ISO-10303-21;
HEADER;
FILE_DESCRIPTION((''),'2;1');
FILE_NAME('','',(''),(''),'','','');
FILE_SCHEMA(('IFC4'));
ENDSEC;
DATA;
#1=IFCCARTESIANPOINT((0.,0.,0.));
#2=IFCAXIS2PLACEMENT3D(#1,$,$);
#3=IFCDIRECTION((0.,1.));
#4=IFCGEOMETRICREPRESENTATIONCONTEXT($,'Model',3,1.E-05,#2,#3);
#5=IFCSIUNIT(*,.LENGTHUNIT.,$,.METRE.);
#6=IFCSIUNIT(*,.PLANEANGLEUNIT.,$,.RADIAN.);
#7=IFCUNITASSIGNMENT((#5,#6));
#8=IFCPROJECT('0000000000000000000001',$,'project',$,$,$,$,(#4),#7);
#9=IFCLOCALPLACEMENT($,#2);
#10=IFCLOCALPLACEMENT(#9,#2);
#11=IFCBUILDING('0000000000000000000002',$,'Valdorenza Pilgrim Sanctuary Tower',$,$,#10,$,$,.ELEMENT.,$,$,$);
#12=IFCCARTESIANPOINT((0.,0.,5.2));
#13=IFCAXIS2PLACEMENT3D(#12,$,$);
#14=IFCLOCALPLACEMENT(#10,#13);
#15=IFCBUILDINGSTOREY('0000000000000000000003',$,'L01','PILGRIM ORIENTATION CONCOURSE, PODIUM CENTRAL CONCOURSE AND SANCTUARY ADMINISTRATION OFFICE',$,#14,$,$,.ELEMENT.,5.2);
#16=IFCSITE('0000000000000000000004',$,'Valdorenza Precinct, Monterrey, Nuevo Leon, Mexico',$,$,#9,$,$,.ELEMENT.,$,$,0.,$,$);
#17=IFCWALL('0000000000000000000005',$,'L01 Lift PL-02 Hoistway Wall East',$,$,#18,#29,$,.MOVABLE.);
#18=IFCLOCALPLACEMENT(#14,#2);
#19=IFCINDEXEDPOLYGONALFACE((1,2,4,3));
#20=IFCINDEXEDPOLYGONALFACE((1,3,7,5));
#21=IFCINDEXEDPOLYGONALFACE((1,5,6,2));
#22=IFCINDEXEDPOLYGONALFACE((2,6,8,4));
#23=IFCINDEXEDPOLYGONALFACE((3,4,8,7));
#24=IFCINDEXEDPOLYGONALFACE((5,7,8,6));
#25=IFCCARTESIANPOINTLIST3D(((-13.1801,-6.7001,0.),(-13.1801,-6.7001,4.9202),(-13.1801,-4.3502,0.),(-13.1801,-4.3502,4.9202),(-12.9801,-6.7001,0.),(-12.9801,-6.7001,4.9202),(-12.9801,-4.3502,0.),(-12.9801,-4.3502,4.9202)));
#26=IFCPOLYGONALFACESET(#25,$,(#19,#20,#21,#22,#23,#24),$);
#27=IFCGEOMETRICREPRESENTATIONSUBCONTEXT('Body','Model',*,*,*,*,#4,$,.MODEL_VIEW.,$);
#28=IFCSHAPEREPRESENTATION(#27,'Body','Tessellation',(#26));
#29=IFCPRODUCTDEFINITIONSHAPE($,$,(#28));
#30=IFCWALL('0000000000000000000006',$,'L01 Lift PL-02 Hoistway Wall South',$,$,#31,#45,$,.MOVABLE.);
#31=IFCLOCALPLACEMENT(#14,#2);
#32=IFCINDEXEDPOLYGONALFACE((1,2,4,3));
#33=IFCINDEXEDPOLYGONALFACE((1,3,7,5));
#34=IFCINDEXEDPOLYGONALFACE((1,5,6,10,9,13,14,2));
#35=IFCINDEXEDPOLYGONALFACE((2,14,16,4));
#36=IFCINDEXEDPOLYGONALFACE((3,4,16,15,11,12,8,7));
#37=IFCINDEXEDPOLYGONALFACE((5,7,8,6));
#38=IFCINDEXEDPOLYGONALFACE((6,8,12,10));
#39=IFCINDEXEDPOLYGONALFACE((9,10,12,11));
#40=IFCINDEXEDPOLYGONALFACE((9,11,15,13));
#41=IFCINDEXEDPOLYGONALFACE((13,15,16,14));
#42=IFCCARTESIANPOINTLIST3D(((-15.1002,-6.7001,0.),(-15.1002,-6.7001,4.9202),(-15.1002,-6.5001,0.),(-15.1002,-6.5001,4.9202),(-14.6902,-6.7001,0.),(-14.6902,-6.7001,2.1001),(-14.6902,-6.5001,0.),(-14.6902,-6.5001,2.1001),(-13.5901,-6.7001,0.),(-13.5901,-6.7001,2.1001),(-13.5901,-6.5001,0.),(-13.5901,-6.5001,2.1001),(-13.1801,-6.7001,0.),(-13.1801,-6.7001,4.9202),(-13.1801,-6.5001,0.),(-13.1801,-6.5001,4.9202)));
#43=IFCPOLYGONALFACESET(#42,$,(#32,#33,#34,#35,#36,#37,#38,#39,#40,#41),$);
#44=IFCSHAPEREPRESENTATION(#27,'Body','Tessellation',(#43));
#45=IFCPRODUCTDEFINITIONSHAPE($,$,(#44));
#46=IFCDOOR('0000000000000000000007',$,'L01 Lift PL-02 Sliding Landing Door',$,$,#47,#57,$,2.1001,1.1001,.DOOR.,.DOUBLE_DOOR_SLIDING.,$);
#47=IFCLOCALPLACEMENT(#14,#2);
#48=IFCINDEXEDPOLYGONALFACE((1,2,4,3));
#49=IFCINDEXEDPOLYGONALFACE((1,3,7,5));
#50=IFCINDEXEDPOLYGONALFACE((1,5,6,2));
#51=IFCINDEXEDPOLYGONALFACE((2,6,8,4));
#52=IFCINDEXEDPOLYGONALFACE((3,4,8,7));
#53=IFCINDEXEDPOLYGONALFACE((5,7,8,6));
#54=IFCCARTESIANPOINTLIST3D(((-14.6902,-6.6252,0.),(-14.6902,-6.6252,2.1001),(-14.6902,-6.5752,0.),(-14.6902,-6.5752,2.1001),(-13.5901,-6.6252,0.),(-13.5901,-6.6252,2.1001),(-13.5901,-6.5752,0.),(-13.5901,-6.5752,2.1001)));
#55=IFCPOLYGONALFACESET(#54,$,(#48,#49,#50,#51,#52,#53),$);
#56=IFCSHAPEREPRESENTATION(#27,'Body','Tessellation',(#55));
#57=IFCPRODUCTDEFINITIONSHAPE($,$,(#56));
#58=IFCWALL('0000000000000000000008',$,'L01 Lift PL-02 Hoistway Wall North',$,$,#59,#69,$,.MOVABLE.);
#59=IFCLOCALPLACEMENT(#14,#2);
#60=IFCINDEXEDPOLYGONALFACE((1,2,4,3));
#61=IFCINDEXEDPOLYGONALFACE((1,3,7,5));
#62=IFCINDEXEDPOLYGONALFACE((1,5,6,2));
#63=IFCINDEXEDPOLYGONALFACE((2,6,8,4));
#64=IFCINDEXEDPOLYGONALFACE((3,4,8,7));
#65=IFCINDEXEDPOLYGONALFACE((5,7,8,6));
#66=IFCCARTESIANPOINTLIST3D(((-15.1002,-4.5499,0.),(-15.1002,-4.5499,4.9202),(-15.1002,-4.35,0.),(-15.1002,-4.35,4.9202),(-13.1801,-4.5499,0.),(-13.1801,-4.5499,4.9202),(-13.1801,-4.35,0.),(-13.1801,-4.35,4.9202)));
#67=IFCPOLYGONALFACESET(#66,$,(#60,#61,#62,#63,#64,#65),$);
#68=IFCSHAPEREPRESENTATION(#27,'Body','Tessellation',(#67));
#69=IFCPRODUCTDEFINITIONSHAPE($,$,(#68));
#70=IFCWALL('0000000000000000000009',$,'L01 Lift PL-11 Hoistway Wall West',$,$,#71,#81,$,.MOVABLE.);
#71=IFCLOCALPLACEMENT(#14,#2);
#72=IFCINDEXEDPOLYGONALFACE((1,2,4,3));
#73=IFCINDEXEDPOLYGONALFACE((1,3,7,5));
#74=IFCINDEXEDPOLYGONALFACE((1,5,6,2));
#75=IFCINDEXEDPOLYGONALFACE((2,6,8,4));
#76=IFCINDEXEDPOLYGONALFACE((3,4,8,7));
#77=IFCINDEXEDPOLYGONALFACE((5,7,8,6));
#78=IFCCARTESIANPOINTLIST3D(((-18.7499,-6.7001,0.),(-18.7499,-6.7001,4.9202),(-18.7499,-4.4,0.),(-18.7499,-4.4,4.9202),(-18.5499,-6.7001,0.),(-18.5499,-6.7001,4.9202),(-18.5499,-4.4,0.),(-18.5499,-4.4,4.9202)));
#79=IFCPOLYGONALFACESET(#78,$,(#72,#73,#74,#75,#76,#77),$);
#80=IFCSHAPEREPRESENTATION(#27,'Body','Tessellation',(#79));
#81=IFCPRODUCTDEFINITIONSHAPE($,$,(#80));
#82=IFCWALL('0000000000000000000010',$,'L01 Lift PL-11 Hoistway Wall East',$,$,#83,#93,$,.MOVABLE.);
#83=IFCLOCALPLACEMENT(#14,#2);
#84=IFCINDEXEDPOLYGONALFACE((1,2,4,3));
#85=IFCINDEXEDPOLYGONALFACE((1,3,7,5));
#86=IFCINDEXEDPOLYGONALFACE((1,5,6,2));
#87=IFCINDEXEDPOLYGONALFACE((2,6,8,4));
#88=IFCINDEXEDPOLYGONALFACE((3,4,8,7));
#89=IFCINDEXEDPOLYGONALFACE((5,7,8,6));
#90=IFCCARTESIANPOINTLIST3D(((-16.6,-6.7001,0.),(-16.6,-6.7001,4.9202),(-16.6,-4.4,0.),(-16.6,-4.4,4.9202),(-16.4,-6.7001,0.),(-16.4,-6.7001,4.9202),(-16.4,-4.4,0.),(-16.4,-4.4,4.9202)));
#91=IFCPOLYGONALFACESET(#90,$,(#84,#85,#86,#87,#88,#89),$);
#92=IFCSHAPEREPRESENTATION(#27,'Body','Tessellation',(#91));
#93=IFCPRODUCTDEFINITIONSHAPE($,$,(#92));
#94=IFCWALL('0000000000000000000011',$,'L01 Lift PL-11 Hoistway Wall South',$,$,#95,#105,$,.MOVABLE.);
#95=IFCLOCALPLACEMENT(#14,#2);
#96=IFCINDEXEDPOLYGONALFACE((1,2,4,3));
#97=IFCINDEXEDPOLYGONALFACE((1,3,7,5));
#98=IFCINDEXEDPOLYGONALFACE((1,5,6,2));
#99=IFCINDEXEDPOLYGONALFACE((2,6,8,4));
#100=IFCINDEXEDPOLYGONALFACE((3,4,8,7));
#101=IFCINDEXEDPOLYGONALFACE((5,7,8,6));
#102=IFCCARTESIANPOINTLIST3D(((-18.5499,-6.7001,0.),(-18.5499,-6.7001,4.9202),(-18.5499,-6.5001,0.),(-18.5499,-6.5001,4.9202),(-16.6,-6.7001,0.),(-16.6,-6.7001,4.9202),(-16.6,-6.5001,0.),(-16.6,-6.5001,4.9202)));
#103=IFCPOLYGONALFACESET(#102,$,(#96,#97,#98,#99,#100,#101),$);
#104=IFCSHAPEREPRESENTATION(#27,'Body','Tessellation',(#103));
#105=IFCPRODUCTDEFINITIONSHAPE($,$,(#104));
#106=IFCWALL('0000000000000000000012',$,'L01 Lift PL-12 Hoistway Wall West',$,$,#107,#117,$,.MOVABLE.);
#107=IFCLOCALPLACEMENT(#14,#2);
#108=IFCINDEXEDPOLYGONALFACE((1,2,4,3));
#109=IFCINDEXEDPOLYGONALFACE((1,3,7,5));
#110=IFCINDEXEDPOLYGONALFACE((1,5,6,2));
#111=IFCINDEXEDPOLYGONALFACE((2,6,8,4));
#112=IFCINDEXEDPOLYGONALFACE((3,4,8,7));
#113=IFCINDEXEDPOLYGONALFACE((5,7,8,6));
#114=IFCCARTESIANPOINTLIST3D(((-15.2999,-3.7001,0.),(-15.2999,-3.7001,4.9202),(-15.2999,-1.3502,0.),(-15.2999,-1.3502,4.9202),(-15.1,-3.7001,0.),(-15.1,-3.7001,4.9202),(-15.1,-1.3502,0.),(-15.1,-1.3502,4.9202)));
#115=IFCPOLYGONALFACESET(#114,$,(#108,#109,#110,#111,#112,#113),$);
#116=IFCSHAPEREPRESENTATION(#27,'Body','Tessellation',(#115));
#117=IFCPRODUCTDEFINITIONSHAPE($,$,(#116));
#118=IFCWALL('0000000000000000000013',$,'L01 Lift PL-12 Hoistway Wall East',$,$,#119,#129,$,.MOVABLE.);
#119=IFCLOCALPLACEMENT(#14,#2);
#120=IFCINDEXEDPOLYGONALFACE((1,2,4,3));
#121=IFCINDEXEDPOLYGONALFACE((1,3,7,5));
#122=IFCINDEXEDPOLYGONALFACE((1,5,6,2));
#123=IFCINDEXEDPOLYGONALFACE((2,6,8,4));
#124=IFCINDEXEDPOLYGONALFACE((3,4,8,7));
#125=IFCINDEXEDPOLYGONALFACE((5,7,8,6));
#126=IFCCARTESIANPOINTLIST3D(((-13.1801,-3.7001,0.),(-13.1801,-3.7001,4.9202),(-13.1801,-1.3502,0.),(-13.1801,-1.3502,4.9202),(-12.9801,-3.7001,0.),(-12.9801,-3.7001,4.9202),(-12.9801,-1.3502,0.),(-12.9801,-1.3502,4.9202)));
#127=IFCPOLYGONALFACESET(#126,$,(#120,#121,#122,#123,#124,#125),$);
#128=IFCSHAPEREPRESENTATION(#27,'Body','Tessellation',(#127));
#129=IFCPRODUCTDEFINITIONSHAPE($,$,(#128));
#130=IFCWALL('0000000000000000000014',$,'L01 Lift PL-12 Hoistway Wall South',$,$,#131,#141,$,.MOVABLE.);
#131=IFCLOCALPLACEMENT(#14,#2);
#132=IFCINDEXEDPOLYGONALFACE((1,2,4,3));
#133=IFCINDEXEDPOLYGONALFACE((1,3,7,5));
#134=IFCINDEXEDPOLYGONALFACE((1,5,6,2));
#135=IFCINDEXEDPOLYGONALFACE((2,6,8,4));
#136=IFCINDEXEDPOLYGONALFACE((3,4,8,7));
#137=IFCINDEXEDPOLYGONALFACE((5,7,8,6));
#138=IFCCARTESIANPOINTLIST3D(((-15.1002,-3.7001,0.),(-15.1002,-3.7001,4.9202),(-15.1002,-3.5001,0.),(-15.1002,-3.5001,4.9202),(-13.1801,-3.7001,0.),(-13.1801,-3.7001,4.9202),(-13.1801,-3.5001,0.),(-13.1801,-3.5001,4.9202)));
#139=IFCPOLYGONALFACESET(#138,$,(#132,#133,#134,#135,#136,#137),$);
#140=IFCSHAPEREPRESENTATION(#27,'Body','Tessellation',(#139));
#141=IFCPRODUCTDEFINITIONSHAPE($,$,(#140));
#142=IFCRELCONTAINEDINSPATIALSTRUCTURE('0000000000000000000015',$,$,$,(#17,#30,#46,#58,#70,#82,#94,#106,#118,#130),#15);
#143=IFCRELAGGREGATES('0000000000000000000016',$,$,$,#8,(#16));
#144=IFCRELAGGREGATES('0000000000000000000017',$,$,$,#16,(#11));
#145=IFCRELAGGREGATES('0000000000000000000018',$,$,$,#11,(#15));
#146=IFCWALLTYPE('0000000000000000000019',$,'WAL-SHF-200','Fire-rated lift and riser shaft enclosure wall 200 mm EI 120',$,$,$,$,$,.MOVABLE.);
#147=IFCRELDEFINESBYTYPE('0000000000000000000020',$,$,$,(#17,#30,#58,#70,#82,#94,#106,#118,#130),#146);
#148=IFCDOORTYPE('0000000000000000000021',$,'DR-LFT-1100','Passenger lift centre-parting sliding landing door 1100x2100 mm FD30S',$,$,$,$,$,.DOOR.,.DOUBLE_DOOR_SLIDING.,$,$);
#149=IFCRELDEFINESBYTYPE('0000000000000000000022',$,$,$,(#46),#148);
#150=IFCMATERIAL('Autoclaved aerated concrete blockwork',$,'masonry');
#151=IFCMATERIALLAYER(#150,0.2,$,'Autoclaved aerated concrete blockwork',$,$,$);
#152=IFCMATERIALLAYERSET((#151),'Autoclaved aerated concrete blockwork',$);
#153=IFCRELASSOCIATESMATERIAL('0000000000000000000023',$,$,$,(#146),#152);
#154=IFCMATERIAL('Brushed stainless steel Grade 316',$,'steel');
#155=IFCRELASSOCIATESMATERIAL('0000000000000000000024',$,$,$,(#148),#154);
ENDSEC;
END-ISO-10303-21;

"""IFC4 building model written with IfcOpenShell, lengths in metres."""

from ifc_helpers import new_model, si_unit, direction, frame, frame_2d, origin, place, context, subcontext, project, spatial, rectangle, extrude, material, layer, layer_set, type_object, element, fill, save


model = new_model("IFC4")

# Units and contexts
model_context = context("Model", 3, precision=1e-05, world=origin(), true_north=direction((0.0, 1.0)))
body_context = subcontext(model_context, "Body", "Model", "MODEL_VIEW")
ifc_project = project(units=[si_unit("LENGTHUNIT", "METRE"), si_unit("PLANEANGLEUNIT", "RADIAN")], contexts=[model_context])

# Site, building, storey
site_placement = place(None, origin())
site = spatial("IfcSite", under=ifc_project, at=site_placement, Name="Valdorenza Precinct, Monterrey, Nuevo Leon, Mexico", CompositionType="ELEMENT", RefElevation=0.0)
building_placement = place(site_placement, origin())
building = spatial("IfcBuilding", under=site, at=building_placement, Name="Valdorenza Pilgrim Sanctuary Tower", CompositionType="ELEMENT")
storey_placement = place(building_placement, frame((0.0, 0.0, 5.2)))
storey = spatial("IfcBuildingStorey", under=building, at=storey_placement, Name="L01", Description="PILGRIM ORIENTATION CONCOURSE, PODIUM CENTRAL CONCOURSE AND SANCTUARY ADMINISTRATION OFFICE", CompositionType="ELEMENT", Elevation=5.2)

# Wall
ifc_material_1 = material(Name="Autoclaved aerated concrete blockwork", Category="masonry")
ifc_layer_1 = layer(ifc_material_1, 0.2, Name="Autoclaved aerated concrete blockwork")
ifc_layer_set_1 = layer_set([ifc_layer_1], Name="Autoclaved aerated concrete blockwork")
wall_type_1 = type_object("IfcWallType", Name="WAL-SHF-200", Description="Fire-rated lift and riser shaft enclosure wall 200 mm EI 120", PredefinedType="MOVABLE", material=ifc_layer_set_1)
for number, where, z_axis, x_axis, name in (
    (1, (-13.0801, -6.7, 0.0), (0.0, 0.0, 1.0), (0.0, 1.0, 0.0), "L01 Lift PL-02 Hoistway Wall East"),
):
    element("IfcWall", number, at=place(storey_placement, frame(where, z_axis=z_axis, x_axis=x_axis)), inside=storey, type_object=wall_type_1, Name=name, PredefinedType="MOVABLE", context=body_context, shape_type="SweptSolid", body=[
        extrude(rectangle(XDim=2.3499, YDim=0.2, at=frame_2d((1.1748, 0.0))), origin(), (0.0, 0.0, 1.0), 4.9202),
    ])

# Wall, opening, door
wall_1_placement = place(storey_placement, frame((-15.1001, -6.6001, 0.0), z_axis=(0.0, 0.0, 1.0), x_axis=(1.0, 0.0, 0.0)))
wall_1 = element("IfcWall", 2, at=wall_1_placement, inside=storey, type_object=wall_type_1, Name="L01 Lift PL-02 Hoistway Wall South", PredefinedType="MOVABLE", context=body_context, shape_type="SweptSolid", body=[
    extrude(rectangle(XDim=1.9202, YDim=0.2, at=frame_2d((0.96, 0.0))), origin(), (0.0, 0.0, 1.0), 4.9202),
])
opening_placement = place(wall_1_placement, frame((0.4099, 0.0, 0.0)))
opening = element("IfcOpeningElement", 3, at=opening_placement, cuts=wall_1, PredefinedType="OPENING", context=body_context, shape_type="SweptSolid", body=[
    extrude(rectangle(XDim=1.1001, YDim=2.1001, at=frame_2d((0.55, 1.05))), frame((0.0, 0.1147, 0.0), z_axis=(0.0, -1.0, 0.0), x_axis=(1.0, 0.0, 0.0)), (0.0, 0.0, 1.0), 0.2297),
])
ifc_material_2 = material(Name="Brushed stainless steel Grade 316", Category="steel")
door_type = type_object("IfcDoorType", Name="DR-LFT-1100", Description="Passenger lift centre-parting sliding landing door 1100x2100 mm FD30S", OperationType="DOUBLE_DOOR_SLIDING", PredefinedType="DOOR", material=ifc_material_2)
door_placement = place(opening_placement, origin())
door = element("IfcDoor", 4, at=door_placement, inside=storey, type_object=door_type, Name="L01 Lift PL-02 Sliding Landing Door", OperationType="DOUBLE_DOOR_SLIDING", OverallHeight=2.1001, OverallWidth=1.1001, PredefinedType="DOOR", context=body_context, shape_type="SweptSolid", body=[
    extrude(rectangle(XDim=1.1001, YDim=2.1001, at=frame_2d((0.55, 1.05))), frame((0.0, 0.0249, 0.0), z_axis=(0.0, -1.0, 0.0), x_axis=(1.0, 0.0, 0.0)), (0.0, 0.0, 1.0), 0.05),
])
fill(opening, door)

# Walls
wall_2_placement = place(storey_placement, frame((-15.1001, -4.45, 0.0), z_axis=(0.0, 0.0, 1.0), x_axis=(1.0, 0.0, 0.0)))
element("IfcWall", 5, at=wall_2_placement, inside=storey, type_object=wall_type_1, Name="L01 Lift PL-02 Hoistway Wall North", PredefinedType="MOVABLE", context=body_context, shape_type="SweptSolid", body=[
    extrude(rectangle(XDim=1.9202, YDim=0.2, at=frame_2d((0.96, 0.0))), origin(), (0.0, 0.0, 1.0), 4.9202),
])
for number, where, z_axis, x_axis, name in (
    (6, (-18.6499, -6.7, 0.0), (0.0, 0.0, 1.0), (0.0, 1.0, 0.0), "L01 Lift PL-11 Hoistway Wall West"),
    (7, (-16.5, -6.7, 0.0), (0.0, 0.0, 1.0), (0.0, 1.0, 0.0), "L01 Lift PL-11 Hoistway Wall East"),
):
    element("IfcWall", number, at=place(storey_placement, frame(where, z_axis=z_axis, x_axis=x_axis)), inside=storey, type_object=wall_type_1, Name=name, PredefinedType="MOVABLE", context=body_context, shape_type="SweptSolid", body=[
        extrude(rectangle(XDim=2.3, YDim=0.2, at=frame_2d((1.1499, 0.0))), origin(), (0.0, 0.0, 1.0), 4.9202),
    ])
wall_3_placement = place(storey_placement, frame((-18.55, -6.6001, 0.0), z_axis=(0.0, 0.0, 1.0), x_axis=(1.0, 0.0, 0.0)))
element("IfcWall", 8, at=wall_3_placement, inside=storey, type_object=wall_type_1, Name="L01 Lift PL-11 Hoistway Wall South", PredefinedType="MOVABLE", context=body_context, shape_type="SweptSolid", body=[
    extrude(rectangle(XDim=1.95, YDim=0.2, at=frame_2d((0.9751, 0.0))), origin(), (0.0, 0.0, 1.0), 4.9202),
])
for number, where, z_axis, x_axis, name in (
    (9, (-15.2, -3.7, 0.0), (0.0, 0.0, 1.0), (0.0, 1.0, 0.0), "L01 Lift PL-12 Hoistway Wall West"),
    (10, (-13.0801, -3.7, 0.0), (0.0, 0.0, 1.0), (0.0, 1.0, 0.0), "L01 Lift PL-12 Hoistway Wall East"),
):
    element("IfcWall", number, at=place(storey_placement, frame(where, z_axis=z_axis, x_axis=x_axis)), inside=storey, type_object=wall_type_1, Name=name, PredefinedType="MOVABLE", context=body_context, shape_type="SweptSolid", body=[
        extrude(rectangle(XDim=2.3499, YDim=0.2, at=frame_2d((1.1748, 0.0))), origin(), (0.0, 0.0, 1.0), 4.9202),
    ])
wall_4_placement = place(storey_placement, frame((-15.1001, -3.6001, 0.0), z_axis=(0.0, 0.0, 1.0), x_axis=(1.0, 0.0, 0.0)))
element("IfcWall", 11, at=wall_4_placement, inside=storey, type_object=wall_type_1, Name="L01 Lift PL-12 Hoistway Wall South", PredefinedType="MOVABLE", context=body_context, shape_type="SweptSolid", body=[
    extrude(rectangle(XDim=1.9202, YDim=0.2, at=frame_2d((0.96, 0.0))), origin(), (0.0, 0.0, 1.0), 4.9202),
])

save(model, "model.ifc")
